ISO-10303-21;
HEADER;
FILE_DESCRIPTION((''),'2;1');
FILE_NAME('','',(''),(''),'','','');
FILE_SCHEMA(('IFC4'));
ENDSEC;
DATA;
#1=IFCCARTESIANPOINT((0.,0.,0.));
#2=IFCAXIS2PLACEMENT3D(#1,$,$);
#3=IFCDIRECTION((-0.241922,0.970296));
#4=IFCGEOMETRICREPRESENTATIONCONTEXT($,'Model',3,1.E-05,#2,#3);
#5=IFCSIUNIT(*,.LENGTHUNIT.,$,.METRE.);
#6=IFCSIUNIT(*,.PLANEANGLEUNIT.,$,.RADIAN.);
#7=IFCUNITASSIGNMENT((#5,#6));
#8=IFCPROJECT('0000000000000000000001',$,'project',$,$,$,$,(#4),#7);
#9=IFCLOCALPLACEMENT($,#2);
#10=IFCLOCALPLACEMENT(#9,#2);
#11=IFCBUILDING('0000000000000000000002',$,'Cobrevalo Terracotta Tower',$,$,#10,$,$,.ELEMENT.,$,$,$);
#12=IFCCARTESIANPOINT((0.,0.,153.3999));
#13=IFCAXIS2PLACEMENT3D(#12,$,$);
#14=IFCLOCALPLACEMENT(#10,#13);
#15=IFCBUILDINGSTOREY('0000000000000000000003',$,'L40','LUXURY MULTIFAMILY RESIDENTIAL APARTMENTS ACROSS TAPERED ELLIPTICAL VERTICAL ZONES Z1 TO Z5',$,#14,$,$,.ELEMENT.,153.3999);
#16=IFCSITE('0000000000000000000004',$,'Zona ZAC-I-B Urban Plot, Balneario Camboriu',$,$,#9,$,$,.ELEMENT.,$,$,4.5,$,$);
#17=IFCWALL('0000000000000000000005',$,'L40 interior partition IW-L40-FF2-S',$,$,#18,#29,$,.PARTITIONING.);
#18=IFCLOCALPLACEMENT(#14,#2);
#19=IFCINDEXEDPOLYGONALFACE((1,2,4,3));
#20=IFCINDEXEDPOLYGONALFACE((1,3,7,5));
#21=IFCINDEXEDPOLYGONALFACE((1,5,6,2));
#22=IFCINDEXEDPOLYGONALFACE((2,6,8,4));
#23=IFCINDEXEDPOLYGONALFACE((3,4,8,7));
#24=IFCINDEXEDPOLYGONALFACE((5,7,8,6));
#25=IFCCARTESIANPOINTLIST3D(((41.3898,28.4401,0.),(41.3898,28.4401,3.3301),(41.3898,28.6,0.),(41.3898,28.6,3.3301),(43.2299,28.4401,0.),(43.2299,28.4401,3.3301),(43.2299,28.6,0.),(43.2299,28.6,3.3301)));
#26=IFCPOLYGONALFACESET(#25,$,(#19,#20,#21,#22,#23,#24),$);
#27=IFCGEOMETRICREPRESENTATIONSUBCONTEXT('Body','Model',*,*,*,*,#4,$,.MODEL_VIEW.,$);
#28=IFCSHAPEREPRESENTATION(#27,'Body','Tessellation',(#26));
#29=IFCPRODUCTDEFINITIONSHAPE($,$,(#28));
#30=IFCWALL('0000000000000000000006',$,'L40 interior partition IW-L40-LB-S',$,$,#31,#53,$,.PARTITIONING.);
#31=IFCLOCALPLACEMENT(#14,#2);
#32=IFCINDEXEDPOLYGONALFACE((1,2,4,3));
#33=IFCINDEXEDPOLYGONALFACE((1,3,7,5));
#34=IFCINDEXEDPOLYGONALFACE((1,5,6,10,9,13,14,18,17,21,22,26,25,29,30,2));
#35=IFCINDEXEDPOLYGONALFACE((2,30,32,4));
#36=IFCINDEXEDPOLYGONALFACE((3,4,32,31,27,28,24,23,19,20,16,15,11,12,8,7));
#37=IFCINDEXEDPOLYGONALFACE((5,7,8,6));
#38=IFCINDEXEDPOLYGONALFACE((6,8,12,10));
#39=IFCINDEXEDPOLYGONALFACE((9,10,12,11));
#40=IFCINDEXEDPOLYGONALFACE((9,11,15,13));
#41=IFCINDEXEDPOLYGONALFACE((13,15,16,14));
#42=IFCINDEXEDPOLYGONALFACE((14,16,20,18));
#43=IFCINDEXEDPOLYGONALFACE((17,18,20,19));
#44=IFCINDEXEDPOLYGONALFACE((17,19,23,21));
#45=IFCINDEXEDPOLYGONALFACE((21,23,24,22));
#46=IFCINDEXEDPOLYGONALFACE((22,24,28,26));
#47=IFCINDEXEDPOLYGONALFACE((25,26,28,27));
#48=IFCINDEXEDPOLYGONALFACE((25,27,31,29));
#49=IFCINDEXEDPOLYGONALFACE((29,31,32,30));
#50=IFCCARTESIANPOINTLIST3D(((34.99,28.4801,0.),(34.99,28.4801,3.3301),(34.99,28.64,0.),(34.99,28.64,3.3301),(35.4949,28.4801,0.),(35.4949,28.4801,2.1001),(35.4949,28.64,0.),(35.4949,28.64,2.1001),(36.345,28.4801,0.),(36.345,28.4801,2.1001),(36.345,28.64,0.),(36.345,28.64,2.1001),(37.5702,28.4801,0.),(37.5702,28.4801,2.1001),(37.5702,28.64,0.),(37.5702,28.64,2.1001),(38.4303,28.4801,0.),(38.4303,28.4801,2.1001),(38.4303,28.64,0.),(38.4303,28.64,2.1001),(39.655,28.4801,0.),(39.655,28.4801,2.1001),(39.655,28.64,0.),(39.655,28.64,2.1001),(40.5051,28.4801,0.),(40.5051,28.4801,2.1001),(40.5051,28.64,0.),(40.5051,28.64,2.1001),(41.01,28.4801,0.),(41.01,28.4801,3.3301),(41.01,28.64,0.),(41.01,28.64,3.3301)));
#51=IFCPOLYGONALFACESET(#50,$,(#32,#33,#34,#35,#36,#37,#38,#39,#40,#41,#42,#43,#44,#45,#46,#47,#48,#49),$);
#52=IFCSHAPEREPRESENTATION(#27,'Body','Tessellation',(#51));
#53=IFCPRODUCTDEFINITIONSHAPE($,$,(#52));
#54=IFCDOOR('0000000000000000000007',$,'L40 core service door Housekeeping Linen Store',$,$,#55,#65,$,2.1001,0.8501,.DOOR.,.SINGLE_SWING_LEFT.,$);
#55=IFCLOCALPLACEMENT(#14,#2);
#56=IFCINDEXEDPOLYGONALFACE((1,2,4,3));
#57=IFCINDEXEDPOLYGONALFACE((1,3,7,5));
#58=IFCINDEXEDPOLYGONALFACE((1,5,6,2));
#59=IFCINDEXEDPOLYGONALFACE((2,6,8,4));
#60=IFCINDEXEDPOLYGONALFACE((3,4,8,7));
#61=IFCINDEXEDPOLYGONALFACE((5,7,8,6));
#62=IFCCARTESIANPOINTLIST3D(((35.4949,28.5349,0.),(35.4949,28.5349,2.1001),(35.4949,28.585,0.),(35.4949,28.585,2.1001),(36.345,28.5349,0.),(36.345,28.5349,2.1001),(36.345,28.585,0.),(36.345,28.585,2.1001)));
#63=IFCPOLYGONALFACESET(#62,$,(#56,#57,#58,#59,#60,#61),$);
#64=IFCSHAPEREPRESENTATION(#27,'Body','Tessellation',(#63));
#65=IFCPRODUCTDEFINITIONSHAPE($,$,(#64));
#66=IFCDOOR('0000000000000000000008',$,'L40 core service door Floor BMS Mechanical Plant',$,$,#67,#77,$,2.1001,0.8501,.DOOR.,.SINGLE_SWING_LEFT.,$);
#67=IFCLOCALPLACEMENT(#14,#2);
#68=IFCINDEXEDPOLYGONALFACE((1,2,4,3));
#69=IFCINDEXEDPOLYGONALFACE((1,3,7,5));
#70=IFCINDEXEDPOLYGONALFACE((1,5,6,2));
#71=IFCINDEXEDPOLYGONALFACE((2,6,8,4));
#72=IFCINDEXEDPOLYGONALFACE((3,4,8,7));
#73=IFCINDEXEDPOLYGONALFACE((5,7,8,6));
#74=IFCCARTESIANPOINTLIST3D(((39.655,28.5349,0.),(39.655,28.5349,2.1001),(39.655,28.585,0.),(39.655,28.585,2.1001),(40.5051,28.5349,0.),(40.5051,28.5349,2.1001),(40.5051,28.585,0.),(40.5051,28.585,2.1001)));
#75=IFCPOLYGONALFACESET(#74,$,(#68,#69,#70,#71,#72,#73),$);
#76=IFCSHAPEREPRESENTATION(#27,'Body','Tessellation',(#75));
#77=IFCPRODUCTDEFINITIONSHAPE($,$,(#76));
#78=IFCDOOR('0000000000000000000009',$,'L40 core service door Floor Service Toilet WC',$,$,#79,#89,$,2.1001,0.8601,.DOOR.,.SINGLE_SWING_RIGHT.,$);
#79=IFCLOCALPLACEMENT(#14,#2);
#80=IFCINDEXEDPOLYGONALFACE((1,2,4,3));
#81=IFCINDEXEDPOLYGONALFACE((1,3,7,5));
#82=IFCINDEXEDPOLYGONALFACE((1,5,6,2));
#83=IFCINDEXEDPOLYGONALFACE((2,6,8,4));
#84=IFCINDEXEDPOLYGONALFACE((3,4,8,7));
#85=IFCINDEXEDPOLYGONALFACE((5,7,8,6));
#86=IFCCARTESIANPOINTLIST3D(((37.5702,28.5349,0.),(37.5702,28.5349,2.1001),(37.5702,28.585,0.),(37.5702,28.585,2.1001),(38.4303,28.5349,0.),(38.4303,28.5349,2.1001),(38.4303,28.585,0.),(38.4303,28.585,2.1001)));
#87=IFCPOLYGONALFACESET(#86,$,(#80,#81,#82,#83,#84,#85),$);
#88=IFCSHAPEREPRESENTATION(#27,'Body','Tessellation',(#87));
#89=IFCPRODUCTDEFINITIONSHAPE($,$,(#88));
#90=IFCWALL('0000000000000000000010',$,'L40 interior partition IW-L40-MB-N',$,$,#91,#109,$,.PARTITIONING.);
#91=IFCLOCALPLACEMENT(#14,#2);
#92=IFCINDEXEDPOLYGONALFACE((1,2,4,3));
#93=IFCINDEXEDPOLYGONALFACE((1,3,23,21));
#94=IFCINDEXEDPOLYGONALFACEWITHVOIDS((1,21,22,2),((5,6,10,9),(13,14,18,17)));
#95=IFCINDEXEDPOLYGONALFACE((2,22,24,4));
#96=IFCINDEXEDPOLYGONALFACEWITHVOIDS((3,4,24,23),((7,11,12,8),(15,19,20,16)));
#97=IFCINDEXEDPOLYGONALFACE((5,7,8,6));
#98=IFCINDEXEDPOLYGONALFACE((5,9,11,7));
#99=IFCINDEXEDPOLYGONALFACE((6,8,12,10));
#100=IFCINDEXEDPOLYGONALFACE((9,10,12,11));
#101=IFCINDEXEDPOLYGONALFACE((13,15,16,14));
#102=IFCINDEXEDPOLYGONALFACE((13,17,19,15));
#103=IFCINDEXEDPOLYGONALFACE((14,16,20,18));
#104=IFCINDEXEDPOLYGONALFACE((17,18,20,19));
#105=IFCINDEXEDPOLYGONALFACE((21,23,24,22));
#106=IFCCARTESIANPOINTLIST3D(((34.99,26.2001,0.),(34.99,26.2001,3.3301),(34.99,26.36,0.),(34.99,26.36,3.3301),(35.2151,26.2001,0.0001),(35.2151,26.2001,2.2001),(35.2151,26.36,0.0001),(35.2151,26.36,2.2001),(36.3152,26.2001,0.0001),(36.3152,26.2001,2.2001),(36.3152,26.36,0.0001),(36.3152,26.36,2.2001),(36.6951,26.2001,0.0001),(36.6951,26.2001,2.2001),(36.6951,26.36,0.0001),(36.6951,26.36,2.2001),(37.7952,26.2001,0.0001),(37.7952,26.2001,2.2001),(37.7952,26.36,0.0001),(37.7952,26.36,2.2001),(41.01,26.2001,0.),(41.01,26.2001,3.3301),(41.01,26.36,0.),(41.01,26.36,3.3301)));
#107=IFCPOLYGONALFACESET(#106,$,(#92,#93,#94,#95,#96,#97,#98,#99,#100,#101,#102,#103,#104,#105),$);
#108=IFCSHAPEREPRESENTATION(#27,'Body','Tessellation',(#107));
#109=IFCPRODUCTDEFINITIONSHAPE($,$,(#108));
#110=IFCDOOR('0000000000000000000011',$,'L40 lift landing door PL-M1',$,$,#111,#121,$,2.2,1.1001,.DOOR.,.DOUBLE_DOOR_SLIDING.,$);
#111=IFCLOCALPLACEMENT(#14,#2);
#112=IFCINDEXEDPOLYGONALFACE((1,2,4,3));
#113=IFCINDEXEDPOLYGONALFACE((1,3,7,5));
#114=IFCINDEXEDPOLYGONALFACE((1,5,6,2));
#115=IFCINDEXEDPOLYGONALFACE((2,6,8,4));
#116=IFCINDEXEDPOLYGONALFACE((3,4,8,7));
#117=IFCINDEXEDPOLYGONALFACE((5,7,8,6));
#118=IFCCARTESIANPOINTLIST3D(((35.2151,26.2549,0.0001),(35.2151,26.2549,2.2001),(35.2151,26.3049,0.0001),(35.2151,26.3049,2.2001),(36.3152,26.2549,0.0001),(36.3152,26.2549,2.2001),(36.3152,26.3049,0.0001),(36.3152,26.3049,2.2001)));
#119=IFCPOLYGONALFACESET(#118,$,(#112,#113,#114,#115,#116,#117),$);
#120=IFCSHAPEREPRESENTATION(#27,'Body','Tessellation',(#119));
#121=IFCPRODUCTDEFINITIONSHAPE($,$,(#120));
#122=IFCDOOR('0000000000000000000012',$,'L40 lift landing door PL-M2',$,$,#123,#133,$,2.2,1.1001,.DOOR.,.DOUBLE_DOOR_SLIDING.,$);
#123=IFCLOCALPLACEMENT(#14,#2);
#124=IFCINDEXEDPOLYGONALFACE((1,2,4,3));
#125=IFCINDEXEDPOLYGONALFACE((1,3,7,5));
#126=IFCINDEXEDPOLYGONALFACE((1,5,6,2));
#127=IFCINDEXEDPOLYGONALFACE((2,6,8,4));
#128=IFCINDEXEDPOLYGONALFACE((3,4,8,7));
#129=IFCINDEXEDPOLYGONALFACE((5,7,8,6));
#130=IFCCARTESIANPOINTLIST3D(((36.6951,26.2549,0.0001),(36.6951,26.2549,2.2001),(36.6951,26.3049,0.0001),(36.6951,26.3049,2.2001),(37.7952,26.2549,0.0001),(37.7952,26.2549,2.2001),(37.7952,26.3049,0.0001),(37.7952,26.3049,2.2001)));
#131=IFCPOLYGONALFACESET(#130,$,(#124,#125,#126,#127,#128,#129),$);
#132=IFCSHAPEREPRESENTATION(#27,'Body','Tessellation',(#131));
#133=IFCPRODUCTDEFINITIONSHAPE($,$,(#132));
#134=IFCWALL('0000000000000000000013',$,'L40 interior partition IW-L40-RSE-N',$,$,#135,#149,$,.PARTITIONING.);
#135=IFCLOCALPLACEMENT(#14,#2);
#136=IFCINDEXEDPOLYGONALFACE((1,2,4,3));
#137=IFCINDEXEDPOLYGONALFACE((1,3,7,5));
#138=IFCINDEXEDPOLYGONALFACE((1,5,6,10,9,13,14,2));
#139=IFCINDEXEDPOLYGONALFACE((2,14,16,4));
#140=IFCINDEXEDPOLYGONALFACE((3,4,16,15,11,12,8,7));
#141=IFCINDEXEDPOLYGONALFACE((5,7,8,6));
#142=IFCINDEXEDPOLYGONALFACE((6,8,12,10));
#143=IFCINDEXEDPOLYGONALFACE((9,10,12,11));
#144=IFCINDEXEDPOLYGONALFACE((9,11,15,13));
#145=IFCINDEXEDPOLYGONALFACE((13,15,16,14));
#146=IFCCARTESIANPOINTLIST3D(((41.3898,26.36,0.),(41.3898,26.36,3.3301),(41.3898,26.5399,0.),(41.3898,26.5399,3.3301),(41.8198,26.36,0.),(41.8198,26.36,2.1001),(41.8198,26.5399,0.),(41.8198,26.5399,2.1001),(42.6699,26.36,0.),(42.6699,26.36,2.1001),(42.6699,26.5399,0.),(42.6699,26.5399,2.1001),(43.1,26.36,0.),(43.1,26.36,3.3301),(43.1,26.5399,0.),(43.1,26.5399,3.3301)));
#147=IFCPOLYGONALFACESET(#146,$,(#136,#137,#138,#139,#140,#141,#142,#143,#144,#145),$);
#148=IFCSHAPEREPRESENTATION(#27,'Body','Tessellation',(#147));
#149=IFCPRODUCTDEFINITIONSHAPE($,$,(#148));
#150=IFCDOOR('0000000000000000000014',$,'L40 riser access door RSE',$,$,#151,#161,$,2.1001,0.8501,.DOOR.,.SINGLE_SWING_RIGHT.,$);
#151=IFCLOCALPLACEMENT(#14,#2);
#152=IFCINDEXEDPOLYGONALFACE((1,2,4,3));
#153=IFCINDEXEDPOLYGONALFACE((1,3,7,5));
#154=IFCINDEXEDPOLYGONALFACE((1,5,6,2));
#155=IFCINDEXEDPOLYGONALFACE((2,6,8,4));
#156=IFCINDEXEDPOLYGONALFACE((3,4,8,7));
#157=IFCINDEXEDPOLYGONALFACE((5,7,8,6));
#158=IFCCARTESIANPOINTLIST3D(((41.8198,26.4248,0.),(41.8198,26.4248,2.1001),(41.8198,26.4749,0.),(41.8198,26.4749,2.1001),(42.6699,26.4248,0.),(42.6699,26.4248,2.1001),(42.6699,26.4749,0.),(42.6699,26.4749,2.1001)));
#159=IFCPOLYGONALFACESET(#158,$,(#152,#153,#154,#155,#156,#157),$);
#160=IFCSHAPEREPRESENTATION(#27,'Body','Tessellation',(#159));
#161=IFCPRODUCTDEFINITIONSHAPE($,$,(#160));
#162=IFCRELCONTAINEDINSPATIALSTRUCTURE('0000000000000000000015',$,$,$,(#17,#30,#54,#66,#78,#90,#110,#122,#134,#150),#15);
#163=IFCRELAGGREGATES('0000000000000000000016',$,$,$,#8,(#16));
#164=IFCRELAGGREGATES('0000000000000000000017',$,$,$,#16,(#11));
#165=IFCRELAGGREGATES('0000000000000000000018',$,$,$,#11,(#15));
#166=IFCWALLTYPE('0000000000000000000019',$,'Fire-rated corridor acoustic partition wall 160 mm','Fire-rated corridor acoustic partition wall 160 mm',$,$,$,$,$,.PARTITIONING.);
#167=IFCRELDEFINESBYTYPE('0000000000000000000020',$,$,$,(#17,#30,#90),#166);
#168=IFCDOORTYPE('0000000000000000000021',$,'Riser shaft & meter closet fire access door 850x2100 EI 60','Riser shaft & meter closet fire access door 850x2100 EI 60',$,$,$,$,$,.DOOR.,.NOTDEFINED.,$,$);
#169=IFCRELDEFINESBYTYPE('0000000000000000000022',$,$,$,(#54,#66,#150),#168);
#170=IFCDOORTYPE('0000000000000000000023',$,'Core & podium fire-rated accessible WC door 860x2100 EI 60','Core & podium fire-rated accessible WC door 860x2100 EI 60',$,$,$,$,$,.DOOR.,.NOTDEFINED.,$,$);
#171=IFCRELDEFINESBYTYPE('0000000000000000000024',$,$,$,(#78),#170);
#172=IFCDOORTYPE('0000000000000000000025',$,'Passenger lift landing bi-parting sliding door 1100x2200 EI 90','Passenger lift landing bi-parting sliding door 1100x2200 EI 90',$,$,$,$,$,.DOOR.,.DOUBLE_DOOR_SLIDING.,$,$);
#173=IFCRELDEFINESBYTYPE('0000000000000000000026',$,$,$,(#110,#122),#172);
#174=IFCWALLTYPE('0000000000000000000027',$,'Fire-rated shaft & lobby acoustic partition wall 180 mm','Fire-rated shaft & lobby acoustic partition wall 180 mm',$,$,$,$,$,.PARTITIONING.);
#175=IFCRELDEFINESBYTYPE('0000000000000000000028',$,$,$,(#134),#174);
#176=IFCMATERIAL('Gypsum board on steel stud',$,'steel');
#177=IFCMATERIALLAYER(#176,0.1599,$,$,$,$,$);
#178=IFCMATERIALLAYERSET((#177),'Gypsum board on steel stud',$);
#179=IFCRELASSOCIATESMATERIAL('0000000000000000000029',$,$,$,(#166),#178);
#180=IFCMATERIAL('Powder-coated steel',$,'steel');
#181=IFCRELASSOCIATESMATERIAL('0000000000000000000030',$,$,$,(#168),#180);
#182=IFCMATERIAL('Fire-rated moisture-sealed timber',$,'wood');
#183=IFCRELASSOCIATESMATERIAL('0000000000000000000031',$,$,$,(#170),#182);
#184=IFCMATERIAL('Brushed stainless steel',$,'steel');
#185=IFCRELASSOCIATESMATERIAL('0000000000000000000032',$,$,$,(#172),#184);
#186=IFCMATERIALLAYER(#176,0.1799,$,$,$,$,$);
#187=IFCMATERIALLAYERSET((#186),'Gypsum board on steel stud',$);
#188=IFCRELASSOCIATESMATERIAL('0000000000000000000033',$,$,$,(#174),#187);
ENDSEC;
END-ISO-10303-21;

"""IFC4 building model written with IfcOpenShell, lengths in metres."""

from ifc_helpers import new_model, si_unit, direction, frame, frame_2d, origin, place, context, subcontext, project, spatial, rectangle, extrude, source, transform, mapped, material, layer, layer_set, type_object, element, fill, save


model = new_model("IFC4")

# Units and contexts
model_context = context("Model", 3, precision=1e-05, world=origin(), true_north=direction((-0.241922, 0.970296)))
body_context = subcontext(model_context, "Body", "Model", "MODEL_VIEW")
ifc_project = project(units=[si_unit("LENGTHUNIT", "METRE"), si_unit("PLANEANGLEUNIT", "RADIAN")], contexts=[model_context])

# Site, building, storey
site_placement = place(None, origin())
site = spatial("IfcSite", under=ifc_project, at=site_placement, Name="Zona ZAC-I-B Urban Plot, Balneario Camboriu", CompositionType="ELEMENT", RefElevation=4.5)
building_placement = place(site_placement, origin())
building = spatial("IfcBuilding", under=site, at=building_placement, Name="Cobrevalo Terracotta Tower", CompositionType="ELEMENT")
storey_placement = place(building_placement, frame((0.0, 0.0, 153.3999)))
storey = spatial("IfcBuildingStorey", under=building, at=storey_placement, Name="L40", Description="LUXURY MULTIFAMILY RESIDENTIAL APARTMENTS ACROSS TAPERED ELLIPTICAL VERTICAL ZONES Z1 TO Z5", CompositionType="ELEMENT", Elevation=153.3999)

# Wall
ifc_material_1 = material(Name="Gypsum board on steel stud", Category="steel")
ifc_layer_1 = layer(ifc_material_1, 0.1599)
ifc_layer_set_1 = layer_set([ifc_layer_1], Name="Gypsum board on steel stud")
wall_type_1 = type_object("IfcWallType", Name="Fire-rated corridor acoustic partition wall 160 mm", Description="Fire-rated corridor acoustic partition wall 160 mm", PredefinedType="PARTITIONING", material=ifc_layer_set_1)
wall_1_placement = place(storey_placement, frame((41.3899, 28.52, 0.0), z_axis=(0.0, 0.0, 1.0), x_axis=(1.0, 0.0, 0.0)))
element("IfcWall", 1, at=wall_1_placement, inside=storey, type_object=wall_type_1, Name="L40 interior partition IW-L40-FF2-S", PredefinedType="PARTITIONING", context=body_context, shape_type="SweptSolid", body=[
    extrude(rectangle(XDim=1.8401, YDim=0.1599, at=frame_2d((0.9199, 0.0))), origin(), (0.0, 0.0, 1.0), 3.3301),
])

# Walls, openings, doors
wall_2_placement = place(storey_placement, frame((34.99, 28.5601, 0.0), z_axis=(0.0, 0.0, 1.0), x_axis=(1.0, 0.0, 0.0)))
wall_2 = element("IfcWall", 2, at=wall_2_placement, inside=storey, type_object=wall_type_1, Name="L40 interior partition IW-L40-LB-S", PredefinedType="PARTITIONING", context=body_context, shape_type="SweptSolid", body=[
    extrude(rectangle(XDim=6.02, YDim=0.1599, at=frame_2d((3.01, 0.0))), origin(), (0.0, 0.0, 1.0), 3.3301),
])
opening_1_placement = place(wall_2_placement, frame((0.5049, 0.0, 0.0)))
opening_1 = element("IfcOpeningElement", 3, at=opening_1_placement, cuts=wall_2, PredefinedType="OPENING", context=body_context, shape_type="SweptSolid", body=[
    extrude(rectangle(XDim=0.8501, YDim=2.1001, at=frame_2d((0.425, 1.05))), frame((0.0, 0.0898, 0.0), z_axis=(0.0, -1.0, 0.0), x_axis=(1.0, 0.0, 0.0)), (0.0, 0.0, 1.0), 0.1799),
])
opening_2_placement = place(wall_2_placement, frame((2.5801, 0.0, 0.0)))
opening_2 = element("IfcOpeningElement", 4, at=opening_2_placement, cuts=wall_2, PredefinedType="OPENING", context=body_context, shape_type="SweptSolid", body=[
    extrude(rectangle(XDim=0.8601, YDim=2.1001, at=frame_2d((0.4302, 1.05))), frame((0.0, 0.0898, 0.0), z_axis=(0.0, -1.0, 0.0), x_axis=(1.0, 0.0, 0.0)), (0.0, 0.0, 1.0), 0.1799),
])
opening_3_placement = place(wall_2_placement, frame((4.665, 0.0, 0.0)))
opening_3 = element("IfcOpeningElement", 5, at=opening_3_placement, cuts=wall_2, PredefinedType="OPENING", context=body_context, shape_type="SweptSolid", body=[
    extrude(rectangle(XDim=0.8501, YDim=2.1001, at=frame_2d((0.425, 1.05))), frame((0.0, 0.0898, 0.0), z_axis=(0.0, -1.0, 0.0), x_axis=(1.0, 0.0, 0.0)), (0.0, 0.0, 1.0), 0.1799),
])
ifc_material_2 = material(Name="Powder-coated steel", Category="steel")
door_type_1 = type_object("IfcDoorType", Name="Riser shaft & meter closet fire access door 850x2100 EI 60", Description="Riser shaft & meter closet fire access door 850x2100 EI 60", OperationType="NOTDEFINED", PredefinedType="DOOR", material=ifc_material_2)
shared_shape_1 = source(origin(), body_context, "Body", "SweptSolid", [
    extrude(rectangle(XDim=0.8501, YDim=2.1001, at=frame_2d((0.425, 1.05))), frame((0.0, 0.0249, 0.0), z_axis=(0.0, -1.0, 0.0), x_axis=(1.0, 0.0, 0.0)), (0.0, 0.0, 1.0), 0.05),
])
door_1_placement = place(opening_1_placement, origin())
door_1 = element("IfcDoor", 6, at=door_1_placement, inside=storey, type_object=door_type_1, Name="L40 core service door Housekeeping Linen Store", OperationType="SINGLE_SWING_LEFT", OverallHeight=2.1001, OverallWidth=0.8501, PredefinedType="DOOR", context=body_context, shape_type="MappedRepresentation", body=[
    mapped(shared_shape_1, transform((0.0, 0.0, 0.0), scale=1.0)),
])
fill(opening_1, door_1)
door_2_placement = place(opening_3_placement, origin())
door_2 = element("IfcDoor", 7, at=door_2_placement, inside=storey, type_object=door_type_1, Name="L40 core service door Floor BMS Mechanical Plant", OperationType="SINGLE_SWING_LEFT", OverallHeight=2.1001, OverallWidth=0.8501, PredefinedType="DOOR", context=body_context, shape_type="MappedRepresentation", body=[
    mapped(shared_shape_1, transform((0.0, 0.0, 0.0), scale=1.0)),
])
fill(opening_3, door_2)
ifc_material_3 = material(Name="Fire-rated moisture-sealed timber", Category="wood")
door_type_2 = type_object("IfcDoorType", Name="Core & podium fire-rated accessible WC door 860x2100 EI 60", Description="Core & podium fire-rated accessible WC door 860x2100 EI 60", OperationType="NOTDEFINED", PredefinedType="DOOR", material=ifc_material_3)
shared_shape_2 = source(origin(), body_context, "Body", "SweptSolid", [
    extrude(rectangle(XDim=0.8601, YDim=2.1001, at=frame_2d((0.4302, 1.05))), frame((0.0, 0.0249, 0.0), z_axis=(0.0, -1.0, 0.0), x_axis=(1.0, 0.0, 0.0)), (0.0, 0.0, 1.0), 0.05),
])
door_3_placement = place(opening_2_placement, origin())
door_3 = element("IfcDoor", 8, at=door_3_placement, inside=storey, type_object=door_type_2, Name="L40 core service door Floor Service Toilet WC", OperationType="SINGLE_SWING_RIGHT", OverallHeight=2.1001, OverallWidth=0.8601, PredefinedType="DOOR", context=body_context, shape_type="MappedRepresentation", body=[
    mapped(shared_shape_2, transform((0.0, 0.0, 0.0), scale=1.0)),
])
fill(opening_2, door_3)
wall_3_placement = place(storey_placement, frame((34.99, 26.28, 0.0), z_axis=(0.0, 0.0, 1.0), x_axis=(1.0, 0.0, 0.0)))
wall_3 = element("IfcWall", 9, at=wall_3_placement, inside=storey, type_object=wall_type_1, Name="L40 interior partition IW-L40-MB-N", PredefinedType="PARTITIONING", context=body_context, shape_type="SweptSolid", body=[
    extrude(rectangle(XDim=6.02, YDim=0.1599, at=frame_2d((3.01, 0.0))), origin(), (0.0, 0.0, 1.0), 3.3301),
])
opening_4_placement = place(wall_3_placement, frame((0.2251, 0.0, 0.0)))
opening_4 = element("IfcOpeningElement", 10, at=opening_4_placement, cuts=wall_3, PredefinedType="OPENING", context=body_context, shape_type="SweptSolid", body=[
    extrude(rectangle(XDim=1.1001, YDim=2.2, at=frame_2d((0.55, 1.1001))), frame((0.0, 0.0898, 0.0), z_axis=(0.0, -1.0, 0.0), x_axis=(1.0, 0.0, 0.0)), (0.0, 0.0, 1.0), 0.1799),
])
opening_5_placement = place(wall_3_placement, frame((1.7051, 0.0, 0.0)))
opening_5 = element("IfcOpeningElement", 11, at=opening_5_placement, cuts=wall_3, PredefinedType="OPENING", context=body_context, shape_type="SweptSolid", body=[
    extrude(rectangle(XDim=1.1001, YDim=2.2, at=frame_2d((0.55, 1.1001))), frame((0.0, 0.0898, 0.0), z_axis=(0.0, -1.0, 0.0), x_axis=(1.0, 0.0, 0.0)), (0.0, 0.0, 1.0), 0.1799),
])
ifc_material_4 = material(Name="Brushed stainless steel", Category="steel")
door_type_3 = type_object("IfcDoorType", Name="Passenger lift landing bi-parting sliding door 1100x2200 EI 90", Description="Passenger lift landing bi-parting sliding door 1100x2200 EI 90", OperationType="DOUBLE_DOOR_SLIDING", PredefinedType="DOOR", material=ifc_material_4)
shared_shape_3 = source(origin(), body_context, "Body", "SweptSolid", [
    extrude(rectangle(XDim=1.1001, YDim=2.2, at=frame_2d((0.55, 1.1001))), frame((0.0, 0.0249, 0.0), z_axis=(0.0, -1.0, 0.0), x_axis=(1.0, 0.0, 0.0)), (0.0, 0.0, 1.0), 0.05),
])
door_4_placement = place(opening_4_placement, origin())
door_4 = element("IfcDoor", 12, at=door_4_placement, inside=storey, type_object=door_type_3, Name="L40 lift landing door PL-M1", OperationType="DOUBLE_DOOR_SLIDING", OverallHeight=2.2, OverallWidth=1.1001, PredefinedType="DOOR", context=body_context, shape_type="MappedRepresentation", body=[
    mapped(shared_shape_3, transform((0.0, 0.0, 0.0), scale=1.0)),
])
fill(opening_4, door_4)
door_5_placement = place(opening_5_placement, origin())
door_5 = element("IfcDoor", 13, at=door_5_placement, inside=storey, type_object=door_type_3, Name="L40 lift landing door PL-M2", OperationType="DOUBLE_DOOR_SLIDING", OverallHeight=2.2, OverallWidth=1.1001, PredefinedType="DOOR", context=body_context, shape_type="MappedRepresentation", body=[
    mapped(shared_shape_3, transform((0.0, 0.0, 0.0), scale=1.0)),
])
fill(opening_5, door_5)

# Wall, opening, door
ifc_layer_2 = layer(ifc_material_1, 0.1799)
ifc_layer_set_2 = layer_set([ifc_layer_2], Name="Gypsum board on steel stud")
wall_type_2 = type_object("IfcWallType", Name="Fire-rated shaft & lobby acoustic partition wall 180 mm", Description="Fire-rated shaft & lobby acoustic partition wall 180 mm", PredefinedType="PARTITIONING", material=ifc_layer_set_2)
wall_4_placement = place(storey_placement, frame((41.3899, 26.45, 0.0), z_axis=(0.0, 0.0, 1.0), x_axis=(1.0, 0.0, 0.0)))
wall_4 = element("IfcWall", 14, at=wall_4_placement, inside=storey, type_object=wall_type_2, Name="L40 interior partition IW-L40-RSE-N", PredefinedType="PARTITIONING", context=body_context, shape_type="SweptSolid", body=[
    extrude(rectangle(XDim=1.7102, YDim=0.1799, at=frame_2d((0.855, 0.0))), origin(), (0.0, 0.0, 1.0), 3.3301),
])
opening_6_placement = place(wall_4_placement, frame((0.4299, 0.0, 0.0)))
opening_6 = element("IfcOpeningElement", 15, at=opening_6_placement, cuts=wall_4, PredefinedType="OPENING", context=body_context, shape_type="SweptSolid", body=[
    extrude(rectangle(XDim=0.8501, YDim=2.1001, at=frame_2d((0.425, 1.05))), frame((0.0, 0.1001, 0.0), z_axis=(0.0, -1.0, 0.0), x_axis=(1.0, 0.0, 0.0)), (0.0, 0.0, 1.0), 0.2),
])
door_6_placement = place(opening_6_placement, origin())
door_6 = element("IfcDoor", 16, at=door_6_placement, inside=storey, type_object=door_type_1, Name="L40 riser access door RSE", OperationType="SINGLE_SWING_RIGHT", OverallHeight=2.1001, OverallWidth=0.8501, PredefinedType="DOOR", context=body_context, shape_type="MappedRepresentation", body=[
    mapped(shared_shape_1, transform((0.0, 0.0, 0.0), scale=1.0)),
])
fill(opening_6, door_6)

save(model, "model.ifc")
